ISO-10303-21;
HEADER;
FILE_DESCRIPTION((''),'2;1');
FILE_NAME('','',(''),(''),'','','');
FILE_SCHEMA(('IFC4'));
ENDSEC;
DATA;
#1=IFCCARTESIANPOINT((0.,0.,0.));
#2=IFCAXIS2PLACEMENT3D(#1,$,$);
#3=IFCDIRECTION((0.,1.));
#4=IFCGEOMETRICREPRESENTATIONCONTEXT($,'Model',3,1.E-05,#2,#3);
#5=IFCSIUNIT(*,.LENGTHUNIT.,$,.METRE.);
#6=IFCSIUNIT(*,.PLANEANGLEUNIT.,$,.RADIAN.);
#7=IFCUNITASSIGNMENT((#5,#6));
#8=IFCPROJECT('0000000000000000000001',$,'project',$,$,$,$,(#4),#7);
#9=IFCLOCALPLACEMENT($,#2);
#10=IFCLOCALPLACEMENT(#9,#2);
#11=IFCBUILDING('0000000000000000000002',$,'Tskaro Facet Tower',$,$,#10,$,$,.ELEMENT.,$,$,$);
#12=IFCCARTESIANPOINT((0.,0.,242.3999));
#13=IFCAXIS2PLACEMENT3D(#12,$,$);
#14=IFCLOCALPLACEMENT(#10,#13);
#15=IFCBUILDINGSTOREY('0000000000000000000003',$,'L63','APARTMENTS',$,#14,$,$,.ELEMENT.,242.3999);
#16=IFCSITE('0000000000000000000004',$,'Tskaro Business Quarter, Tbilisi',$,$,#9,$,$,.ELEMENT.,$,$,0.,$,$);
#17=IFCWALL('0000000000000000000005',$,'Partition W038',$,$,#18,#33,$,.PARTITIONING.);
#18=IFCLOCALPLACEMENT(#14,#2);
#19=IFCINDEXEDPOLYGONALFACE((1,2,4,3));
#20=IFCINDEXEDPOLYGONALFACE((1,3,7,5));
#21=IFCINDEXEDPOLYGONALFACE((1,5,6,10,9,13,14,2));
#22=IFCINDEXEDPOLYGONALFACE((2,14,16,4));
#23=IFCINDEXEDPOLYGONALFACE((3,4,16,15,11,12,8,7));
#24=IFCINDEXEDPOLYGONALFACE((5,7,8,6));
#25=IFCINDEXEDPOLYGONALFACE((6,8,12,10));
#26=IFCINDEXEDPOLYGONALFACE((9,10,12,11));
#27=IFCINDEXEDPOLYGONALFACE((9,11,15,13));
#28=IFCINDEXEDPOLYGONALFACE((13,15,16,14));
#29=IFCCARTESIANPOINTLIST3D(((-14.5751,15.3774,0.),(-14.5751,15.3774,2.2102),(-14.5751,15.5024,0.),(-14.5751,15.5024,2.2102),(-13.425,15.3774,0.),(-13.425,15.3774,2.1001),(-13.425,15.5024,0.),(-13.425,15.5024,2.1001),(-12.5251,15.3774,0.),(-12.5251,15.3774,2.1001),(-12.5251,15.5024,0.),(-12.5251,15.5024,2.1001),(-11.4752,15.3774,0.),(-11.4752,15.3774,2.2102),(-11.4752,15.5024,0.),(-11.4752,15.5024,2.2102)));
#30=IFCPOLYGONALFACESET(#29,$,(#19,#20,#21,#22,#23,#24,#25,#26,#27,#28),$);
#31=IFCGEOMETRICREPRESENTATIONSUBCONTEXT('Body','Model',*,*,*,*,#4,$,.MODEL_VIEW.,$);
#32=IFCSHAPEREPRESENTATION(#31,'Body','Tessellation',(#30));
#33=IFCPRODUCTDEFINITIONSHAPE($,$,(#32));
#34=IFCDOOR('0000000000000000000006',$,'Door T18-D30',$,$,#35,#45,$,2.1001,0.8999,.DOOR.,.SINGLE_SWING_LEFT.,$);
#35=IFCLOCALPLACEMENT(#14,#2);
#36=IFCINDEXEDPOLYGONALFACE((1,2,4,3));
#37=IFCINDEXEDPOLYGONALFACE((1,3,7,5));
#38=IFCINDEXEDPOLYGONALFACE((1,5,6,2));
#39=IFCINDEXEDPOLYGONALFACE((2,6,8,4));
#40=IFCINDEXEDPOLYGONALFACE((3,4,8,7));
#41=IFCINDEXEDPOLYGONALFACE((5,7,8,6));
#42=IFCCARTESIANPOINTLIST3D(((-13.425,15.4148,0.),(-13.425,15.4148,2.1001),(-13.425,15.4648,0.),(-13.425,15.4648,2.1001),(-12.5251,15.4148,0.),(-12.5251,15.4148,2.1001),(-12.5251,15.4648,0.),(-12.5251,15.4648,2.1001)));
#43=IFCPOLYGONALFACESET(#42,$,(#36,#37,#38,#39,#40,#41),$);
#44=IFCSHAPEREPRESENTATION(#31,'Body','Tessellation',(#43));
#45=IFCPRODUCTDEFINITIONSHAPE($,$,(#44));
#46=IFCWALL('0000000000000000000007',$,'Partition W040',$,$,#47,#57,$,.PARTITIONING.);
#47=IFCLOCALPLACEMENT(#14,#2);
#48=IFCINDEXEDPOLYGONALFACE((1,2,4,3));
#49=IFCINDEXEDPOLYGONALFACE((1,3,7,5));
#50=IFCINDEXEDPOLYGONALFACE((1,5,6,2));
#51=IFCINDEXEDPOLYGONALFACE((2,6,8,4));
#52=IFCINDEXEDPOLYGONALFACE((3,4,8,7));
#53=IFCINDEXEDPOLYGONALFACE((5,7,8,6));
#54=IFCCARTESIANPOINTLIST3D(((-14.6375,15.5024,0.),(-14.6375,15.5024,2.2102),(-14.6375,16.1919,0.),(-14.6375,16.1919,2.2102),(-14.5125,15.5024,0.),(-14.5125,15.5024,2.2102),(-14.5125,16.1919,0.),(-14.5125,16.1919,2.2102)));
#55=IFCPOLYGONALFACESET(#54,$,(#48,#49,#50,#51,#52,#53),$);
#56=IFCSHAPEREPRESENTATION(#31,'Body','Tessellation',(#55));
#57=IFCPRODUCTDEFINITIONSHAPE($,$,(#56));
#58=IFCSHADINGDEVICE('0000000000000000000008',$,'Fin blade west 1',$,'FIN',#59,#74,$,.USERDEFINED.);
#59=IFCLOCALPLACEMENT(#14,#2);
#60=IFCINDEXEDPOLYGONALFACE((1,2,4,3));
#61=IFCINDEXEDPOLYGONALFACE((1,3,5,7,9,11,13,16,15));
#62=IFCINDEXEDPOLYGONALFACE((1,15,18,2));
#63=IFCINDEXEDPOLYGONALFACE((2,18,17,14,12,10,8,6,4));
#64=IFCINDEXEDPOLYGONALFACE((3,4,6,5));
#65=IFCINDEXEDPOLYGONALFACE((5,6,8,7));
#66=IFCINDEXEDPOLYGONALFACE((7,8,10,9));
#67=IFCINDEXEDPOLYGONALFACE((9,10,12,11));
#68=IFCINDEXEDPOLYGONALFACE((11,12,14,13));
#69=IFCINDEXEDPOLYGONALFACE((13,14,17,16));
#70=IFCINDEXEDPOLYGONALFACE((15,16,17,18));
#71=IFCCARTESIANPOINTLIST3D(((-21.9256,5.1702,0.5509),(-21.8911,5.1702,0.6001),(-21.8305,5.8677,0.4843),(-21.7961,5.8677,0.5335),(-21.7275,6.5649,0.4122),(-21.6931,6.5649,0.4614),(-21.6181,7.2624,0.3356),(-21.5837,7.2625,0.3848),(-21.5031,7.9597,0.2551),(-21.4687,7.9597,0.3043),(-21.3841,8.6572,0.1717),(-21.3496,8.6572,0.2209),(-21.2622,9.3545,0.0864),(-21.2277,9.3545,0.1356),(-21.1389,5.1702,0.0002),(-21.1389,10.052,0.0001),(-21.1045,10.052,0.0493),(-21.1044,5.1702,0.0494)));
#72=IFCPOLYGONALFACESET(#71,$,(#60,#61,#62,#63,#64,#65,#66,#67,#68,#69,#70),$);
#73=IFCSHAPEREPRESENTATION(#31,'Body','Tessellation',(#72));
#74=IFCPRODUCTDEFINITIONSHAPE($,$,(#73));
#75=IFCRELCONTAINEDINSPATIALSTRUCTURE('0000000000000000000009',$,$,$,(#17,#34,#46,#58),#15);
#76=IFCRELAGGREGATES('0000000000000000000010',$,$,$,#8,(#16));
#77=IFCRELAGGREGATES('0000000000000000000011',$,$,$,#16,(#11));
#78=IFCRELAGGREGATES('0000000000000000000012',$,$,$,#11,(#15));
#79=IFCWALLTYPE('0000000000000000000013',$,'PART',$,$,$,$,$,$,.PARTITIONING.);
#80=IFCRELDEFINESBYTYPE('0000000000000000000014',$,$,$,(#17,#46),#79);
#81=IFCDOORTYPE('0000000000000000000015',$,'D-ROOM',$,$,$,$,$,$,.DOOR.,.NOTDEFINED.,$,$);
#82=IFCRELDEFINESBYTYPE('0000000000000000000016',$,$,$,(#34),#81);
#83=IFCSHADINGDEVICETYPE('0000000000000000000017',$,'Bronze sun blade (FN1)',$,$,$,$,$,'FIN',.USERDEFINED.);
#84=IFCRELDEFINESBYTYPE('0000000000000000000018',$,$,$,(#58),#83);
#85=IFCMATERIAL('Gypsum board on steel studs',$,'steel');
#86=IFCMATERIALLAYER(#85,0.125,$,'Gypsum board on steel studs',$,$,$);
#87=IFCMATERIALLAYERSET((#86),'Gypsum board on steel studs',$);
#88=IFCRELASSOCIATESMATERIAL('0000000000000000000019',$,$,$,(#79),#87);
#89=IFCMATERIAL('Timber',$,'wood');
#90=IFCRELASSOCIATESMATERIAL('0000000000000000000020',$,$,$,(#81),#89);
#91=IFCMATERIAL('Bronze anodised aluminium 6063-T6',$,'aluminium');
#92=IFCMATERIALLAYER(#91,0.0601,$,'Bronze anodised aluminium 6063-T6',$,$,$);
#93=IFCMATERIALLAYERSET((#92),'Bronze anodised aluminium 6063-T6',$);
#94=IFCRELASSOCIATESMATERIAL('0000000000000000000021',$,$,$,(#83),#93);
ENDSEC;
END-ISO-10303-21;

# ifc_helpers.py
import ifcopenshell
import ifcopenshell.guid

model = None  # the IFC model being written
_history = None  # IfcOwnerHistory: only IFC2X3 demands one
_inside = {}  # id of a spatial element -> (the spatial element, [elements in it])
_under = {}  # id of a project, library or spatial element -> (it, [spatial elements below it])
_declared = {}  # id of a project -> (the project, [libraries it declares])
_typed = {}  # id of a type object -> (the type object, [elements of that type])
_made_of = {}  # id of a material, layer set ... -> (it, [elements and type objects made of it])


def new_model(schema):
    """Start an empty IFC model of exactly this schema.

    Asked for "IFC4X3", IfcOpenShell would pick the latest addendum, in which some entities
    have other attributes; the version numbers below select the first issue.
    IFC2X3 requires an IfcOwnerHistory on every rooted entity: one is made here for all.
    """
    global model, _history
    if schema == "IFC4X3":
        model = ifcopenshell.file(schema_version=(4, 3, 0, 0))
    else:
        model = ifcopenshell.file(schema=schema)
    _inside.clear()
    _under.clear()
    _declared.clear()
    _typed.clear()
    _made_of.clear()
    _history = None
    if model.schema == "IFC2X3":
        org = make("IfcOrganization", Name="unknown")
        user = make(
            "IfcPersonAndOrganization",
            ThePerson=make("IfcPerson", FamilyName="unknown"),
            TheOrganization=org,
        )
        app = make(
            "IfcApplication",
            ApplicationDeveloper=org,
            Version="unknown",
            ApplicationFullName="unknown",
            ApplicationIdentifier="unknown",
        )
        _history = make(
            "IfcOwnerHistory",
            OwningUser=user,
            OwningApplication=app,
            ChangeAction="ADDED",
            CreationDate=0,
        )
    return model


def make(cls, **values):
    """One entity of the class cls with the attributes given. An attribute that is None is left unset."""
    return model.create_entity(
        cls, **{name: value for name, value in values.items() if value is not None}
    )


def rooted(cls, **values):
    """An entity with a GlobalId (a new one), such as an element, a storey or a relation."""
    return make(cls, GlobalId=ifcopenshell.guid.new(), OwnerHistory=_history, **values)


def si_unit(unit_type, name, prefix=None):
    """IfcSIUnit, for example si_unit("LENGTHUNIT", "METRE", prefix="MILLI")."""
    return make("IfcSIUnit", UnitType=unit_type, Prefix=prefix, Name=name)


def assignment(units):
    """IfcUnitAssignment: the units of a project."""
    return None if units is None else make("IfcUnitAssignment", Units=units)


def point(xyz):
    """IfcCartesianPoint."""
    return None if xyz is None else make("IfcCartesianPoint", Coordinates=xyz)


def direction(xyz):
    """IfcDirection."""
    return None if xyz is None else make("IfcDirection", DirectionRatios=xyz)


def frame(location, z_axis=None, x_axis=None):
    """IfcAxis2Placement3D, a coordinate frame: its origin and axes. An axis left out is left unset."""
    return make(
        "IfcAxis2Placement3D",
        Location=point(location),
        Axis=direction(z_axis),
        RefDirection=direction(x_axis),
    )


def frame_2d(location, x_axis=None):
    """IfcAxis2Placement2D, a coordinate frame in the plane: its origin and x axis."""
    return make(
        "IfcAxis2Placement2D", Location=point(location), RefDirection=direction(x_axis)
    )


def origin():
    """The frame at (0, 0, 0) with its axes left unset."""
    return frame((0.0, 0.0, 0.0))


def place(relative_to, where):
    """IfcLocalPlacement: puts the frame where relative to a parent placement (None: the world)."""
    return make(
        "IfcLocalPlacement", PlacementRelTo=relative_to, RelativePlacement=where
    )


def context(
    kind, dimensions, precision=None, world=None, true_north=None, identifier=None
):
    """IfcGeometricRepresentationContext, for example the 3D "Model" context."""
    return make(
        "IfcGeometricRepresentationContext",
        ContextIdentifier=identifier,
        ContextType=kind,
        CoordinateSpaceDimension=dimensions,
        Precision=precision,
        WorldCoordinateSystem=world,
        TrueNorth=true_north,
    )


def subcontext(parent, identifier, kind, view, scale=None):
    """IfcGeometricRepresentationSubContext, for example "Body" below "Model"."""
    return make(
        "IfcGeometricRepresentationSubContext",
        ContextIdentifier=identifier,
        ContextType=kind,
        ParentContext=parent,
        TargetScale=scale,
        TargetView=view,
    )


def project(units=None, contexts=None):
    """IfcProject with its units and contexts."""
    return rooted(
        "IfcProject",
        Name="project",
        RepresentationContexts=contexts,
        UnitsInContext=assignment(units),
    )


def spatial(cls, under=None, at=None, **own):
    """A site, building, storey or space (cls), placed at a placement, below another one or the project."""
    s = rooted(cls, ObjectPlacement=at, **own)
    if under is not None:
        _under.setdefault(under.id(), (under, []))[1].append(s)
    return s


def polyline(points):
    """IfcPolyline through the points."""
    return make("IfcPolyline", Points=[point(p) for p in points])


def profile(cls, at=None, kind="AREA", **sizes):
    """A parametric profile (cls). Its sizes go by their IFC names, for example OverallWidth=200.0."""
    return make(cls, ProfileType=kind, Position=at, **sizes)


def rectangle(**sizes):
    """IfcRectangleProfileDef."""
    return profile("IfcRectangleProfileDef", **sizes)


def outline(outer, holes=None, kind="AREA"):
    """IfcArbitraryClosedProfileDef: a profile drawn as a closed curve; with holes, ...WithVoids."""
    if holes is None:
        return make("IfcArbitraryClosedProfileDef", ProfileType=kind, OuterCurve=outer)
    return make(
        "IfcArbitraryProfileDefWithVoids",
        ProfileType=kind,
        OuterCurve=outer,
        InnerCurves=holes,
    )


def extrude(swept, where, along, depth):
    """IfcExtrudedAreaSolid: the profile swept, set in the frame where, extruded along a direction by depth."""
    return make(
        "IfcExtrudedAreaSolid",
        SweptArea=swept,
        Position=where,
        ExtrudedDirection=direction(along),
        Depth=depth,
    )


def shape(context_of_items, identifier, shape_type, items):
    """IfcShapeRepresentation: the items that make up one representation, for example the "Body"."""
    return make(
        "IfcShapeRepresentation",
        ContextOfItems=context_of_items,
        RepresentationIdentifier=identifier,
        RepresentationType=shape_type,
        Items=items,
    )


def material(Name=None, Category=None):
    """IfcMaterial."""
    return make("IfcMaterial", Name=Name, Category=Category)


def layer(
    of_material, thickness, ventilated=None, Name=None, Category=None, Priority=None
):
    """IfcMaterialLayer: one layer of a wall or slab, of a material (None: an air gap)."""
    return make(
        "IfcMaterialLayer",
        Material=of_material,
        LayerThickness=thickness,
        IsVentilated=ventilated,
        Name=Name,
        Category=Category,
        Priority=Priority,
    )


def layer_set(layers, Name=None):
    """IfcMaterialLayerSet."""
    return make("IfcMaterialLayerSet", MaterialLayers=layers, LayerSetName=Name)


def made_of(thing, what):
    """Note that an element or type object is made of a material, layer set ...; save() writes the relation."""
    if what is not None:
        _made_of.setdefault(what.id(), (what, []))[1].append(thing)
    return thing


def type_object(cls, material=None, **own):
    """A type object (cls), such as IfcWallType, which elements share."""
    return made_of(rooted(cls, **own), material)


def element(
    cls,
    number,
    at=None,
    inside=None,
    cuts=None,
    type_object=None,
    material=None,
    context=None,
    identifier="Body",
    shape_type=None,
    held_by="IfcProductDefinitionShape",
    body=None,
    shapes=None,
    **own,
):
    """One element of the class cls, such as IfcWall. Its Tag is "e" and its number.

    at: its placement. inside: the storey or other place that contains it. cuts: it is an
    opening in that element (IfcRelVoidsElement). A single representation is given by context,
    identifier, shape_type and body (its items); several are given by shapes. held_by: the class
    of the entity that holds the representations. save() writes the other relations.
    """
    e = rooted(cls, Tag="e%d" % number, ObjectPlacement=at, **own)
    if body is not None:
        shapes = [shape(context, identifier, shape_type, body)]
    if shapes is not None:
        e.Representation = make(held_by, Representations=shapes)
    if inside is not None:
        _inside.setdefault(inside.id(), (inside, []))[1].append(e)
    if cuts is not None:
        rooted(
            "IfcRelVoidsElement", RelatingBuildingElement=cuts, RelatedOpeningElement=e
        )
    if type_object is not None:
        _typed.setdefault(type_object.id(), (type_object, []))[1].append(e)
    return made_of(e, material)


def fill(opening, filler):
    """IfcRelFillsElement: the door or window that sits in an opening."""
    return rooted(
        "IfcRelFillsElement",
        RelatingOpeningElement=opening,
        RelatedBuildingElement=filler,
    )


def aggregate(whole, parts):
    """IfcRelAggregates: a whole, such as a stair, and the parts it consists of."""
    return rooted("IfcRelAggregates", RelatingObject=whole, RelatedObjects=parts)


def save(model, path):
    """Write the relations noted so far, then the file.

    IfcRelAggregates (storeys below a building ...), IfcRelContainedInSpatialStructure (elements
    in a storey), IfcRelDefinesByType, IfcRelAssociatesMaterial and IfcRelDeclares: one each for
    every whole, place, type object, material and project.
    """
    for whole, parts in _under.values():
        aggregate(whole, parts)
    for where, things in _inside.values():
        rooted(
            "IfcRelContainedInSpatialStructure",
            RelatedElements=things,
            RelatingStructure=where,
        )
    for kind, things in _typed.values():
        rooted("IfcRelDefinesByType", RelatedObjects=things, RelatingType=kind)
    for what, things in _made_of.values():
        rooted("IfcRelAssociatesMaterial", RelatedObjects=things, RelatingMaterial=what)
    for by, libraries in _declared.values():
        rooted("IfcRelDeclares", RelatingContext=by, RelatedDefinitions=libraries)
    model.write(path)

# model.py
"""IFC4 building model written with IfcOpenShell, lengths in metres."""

from ifc_helpers import new_model, si_unit, direction, frame, frame_2d, origin, place, context, subcontext, project, spatial, polyline, rectangle, outline, extrude, material, layer, layer_set, type_object, element, fill, save


model = new_model("IFC4")

# Units and contexts
model_context = context("Model", 3, precision=1e-05, world=origin(), true_north=direction((0.0, 1.0)))
body_context = subcontext(model_context, "Body", "Model", "MODEL_VIEW")
ifc_project = project(units=[si_unit("LENGTHUNIT", "METRE"), si_unit("PLANEANGLEUNIT", "RADIAN")], contexts=[model_context])

# Site, building, storey
site_placement = place(None, origin())
site = spatial("IfcSite", under=ifc_project, at=site_placement, Name="Tskaro Business Quarter, Tbilisi", CompositionType="ELEMENT", RefElevation=0.0)
building_placement = place(site_placement, origin())
building = spatial("IfcBuilding", under=site, at=building_placement, Name="Tskaro Facet Tower", CompositionType="ELEMENT")
storey_placement = place(building_placement, frame((0.0, 0.0, 242.3999)))
storey = spatial("IfcBuildingStorey", under=building, at=storey_placement, Name="L63", Description="APARTMENTS", CompositionType="ELEMENT", Elevation=242.3999)

# Shared definitions
ifc_material_1 = material(Name="Bronze anodised aluminium 6063-T6", Category="aluminium")

# Wall, opening, door
ifc_material_2 = material(Name="Gypsum board on steel studs", Category="steel")
ifc_layer_1 = layer(ifc_material_2, 0.125, Name="Gypsum board on steel studs")
ifc_layer_set_1 = layer_set([ifc_layer_1], Name="Gypsum board on steel studs")
wall_type = type_object("IfcWallType", Name="PART", PredefinedType="PARTITIONING", material=ifc_layer_set_1)
wall_1_placement = place(storey_placement, frame((-14.575, 15.4399, 0.0), z_axis=(0.0, 0.0, 1.0), x_axis=(1.0, 0.0, 0.0)))
wall_1 = element("IfcWall", 1, at=wall_1_placement, inside=storey, type_object=wall_type, Name="Partition W038", PredefinedType="PARTITIONING", context=body_context, shape_type="SweptSolid", body=[
    extrude(rectangle(XDim=3.0999, YDim=0.125, at=frame_2d((1.5498, 0.0))), origin(), (0.0, 0.0, 1.0), 2.2102),
])
opening_placement = place(wall_1_placement, frame((1.1499, 0.0, 0.0)))
opening = element("IfcOpeningElement", 2, at=opening_placement, cuts=wall_1, PredefinedType="OPENING", context=body_context, shape_type="SweptSolid", body=[
    extrude(rectangle(XDim=0.8999, YDim=2.1001, at=frame_2d((0.45, 1.05))), frame((0.0, 0.0725, 0.0), z_axis=(0.0, -1.0, 0.0), x_axis=(1.0, 0.0, 0.0)), (0.0, 0.0, 1.0), 0.145),
])
ifc_material_3 = material(Name="Timber", Category="wood")
door_type = type_object("IfcDoorType", Name="D-ROOM", OperationType="NOTDEFINED", PredefinedType="DOOR", material=ifc_material_3)
door_placement = place(opening_placement, origin())
door = element("IfcDoor", 3, at=door_placement, inside=storey, type_object=door_type, Name="Door T18-D30", OperationType="SINGLE_SWING_LEFT", OverallHeight=2.1001, OverallWidth=0.8999, PredefinedType="DOOR", context=body_context, shape_type="SweptSolid", body=[
    extrude(rectangle(XDim=0.8999, YDim=2.1001, at=frame_2d((0.45, 1.05))), frame((0.0, 0.0249, 0.0), z_axis=(0.0, -1.0, 0.0), x_axis=(1.0, 0.0, 0.0)), (0.0, 0.0, 1.0), 0.05),
])
fill(opening, door)

# Wall
wall_2_placement = place(storey_placement, frame((-14.575, 15.5024, 0.0), z_axis=(0.0, 0.0, 1.0), x_axis=(0.0, 1.0, 0.0)))
element("IfcWall", 4, at=wall_2_placement, inside=storey, type_object=wall_type, Name="Partition W040", PredefinedType="PARTITIONING", context=body_context, shape_type="SweptSolid", body=[
    extrude(rectangle(XDim=0.6895, YDim=0.125, at=frame_2d((0.3447, 0.0))), origin(), (0.0, 0.0, 1.0), 2.2102),
])

# Shading device
ifc_layer_2 = layer(ifc_material_1, 0.0601, Name="Bronze anodised aluminium 6063-T6")
ifc_layer_set_2 = layer_set([ifc_layer_2], Name="Bronze anodised aluminium 6063-T6")
shading_device_type = type_object("IfcShadingDeviceType", Name="Bronze sun blade (FN1)", ElementType="FIN", PredefinedType="USERDEFINED", material=ifc_layer_set_2)
shading_device_placement = place(storey_placement, frame((-21.1045, 10.052, 0.0493), z_axis=(0.573448, 0.000028, 0.819242), x_axis=(0.000016, -1.0, 0.000023)))
element("IfcShadingDevice", 5, at=shading_device_placement, inside=storey, type_object=shading_device_type, Name="Fin blade west 1", ObjectType="FIN", PredefinedType="USERDEFINED", context=body_context, shape_type="SweptSolid", body=[
    extrude(outline(polyline([(0.0, 0.0), (4.8818, 0.0), (4.8818, -0.9603), (4.1843, -0.8443), (3.4871, -0.7185), (2.7896, -0.585), (2.0923, -0.4446), (1.3948, -0.2992), (0.6975, -0.1504), (0.0, 0.0)])), origin(), (0.0, 0.0, -1.0), 0.0601),
])

save(model, "model.ifc")
